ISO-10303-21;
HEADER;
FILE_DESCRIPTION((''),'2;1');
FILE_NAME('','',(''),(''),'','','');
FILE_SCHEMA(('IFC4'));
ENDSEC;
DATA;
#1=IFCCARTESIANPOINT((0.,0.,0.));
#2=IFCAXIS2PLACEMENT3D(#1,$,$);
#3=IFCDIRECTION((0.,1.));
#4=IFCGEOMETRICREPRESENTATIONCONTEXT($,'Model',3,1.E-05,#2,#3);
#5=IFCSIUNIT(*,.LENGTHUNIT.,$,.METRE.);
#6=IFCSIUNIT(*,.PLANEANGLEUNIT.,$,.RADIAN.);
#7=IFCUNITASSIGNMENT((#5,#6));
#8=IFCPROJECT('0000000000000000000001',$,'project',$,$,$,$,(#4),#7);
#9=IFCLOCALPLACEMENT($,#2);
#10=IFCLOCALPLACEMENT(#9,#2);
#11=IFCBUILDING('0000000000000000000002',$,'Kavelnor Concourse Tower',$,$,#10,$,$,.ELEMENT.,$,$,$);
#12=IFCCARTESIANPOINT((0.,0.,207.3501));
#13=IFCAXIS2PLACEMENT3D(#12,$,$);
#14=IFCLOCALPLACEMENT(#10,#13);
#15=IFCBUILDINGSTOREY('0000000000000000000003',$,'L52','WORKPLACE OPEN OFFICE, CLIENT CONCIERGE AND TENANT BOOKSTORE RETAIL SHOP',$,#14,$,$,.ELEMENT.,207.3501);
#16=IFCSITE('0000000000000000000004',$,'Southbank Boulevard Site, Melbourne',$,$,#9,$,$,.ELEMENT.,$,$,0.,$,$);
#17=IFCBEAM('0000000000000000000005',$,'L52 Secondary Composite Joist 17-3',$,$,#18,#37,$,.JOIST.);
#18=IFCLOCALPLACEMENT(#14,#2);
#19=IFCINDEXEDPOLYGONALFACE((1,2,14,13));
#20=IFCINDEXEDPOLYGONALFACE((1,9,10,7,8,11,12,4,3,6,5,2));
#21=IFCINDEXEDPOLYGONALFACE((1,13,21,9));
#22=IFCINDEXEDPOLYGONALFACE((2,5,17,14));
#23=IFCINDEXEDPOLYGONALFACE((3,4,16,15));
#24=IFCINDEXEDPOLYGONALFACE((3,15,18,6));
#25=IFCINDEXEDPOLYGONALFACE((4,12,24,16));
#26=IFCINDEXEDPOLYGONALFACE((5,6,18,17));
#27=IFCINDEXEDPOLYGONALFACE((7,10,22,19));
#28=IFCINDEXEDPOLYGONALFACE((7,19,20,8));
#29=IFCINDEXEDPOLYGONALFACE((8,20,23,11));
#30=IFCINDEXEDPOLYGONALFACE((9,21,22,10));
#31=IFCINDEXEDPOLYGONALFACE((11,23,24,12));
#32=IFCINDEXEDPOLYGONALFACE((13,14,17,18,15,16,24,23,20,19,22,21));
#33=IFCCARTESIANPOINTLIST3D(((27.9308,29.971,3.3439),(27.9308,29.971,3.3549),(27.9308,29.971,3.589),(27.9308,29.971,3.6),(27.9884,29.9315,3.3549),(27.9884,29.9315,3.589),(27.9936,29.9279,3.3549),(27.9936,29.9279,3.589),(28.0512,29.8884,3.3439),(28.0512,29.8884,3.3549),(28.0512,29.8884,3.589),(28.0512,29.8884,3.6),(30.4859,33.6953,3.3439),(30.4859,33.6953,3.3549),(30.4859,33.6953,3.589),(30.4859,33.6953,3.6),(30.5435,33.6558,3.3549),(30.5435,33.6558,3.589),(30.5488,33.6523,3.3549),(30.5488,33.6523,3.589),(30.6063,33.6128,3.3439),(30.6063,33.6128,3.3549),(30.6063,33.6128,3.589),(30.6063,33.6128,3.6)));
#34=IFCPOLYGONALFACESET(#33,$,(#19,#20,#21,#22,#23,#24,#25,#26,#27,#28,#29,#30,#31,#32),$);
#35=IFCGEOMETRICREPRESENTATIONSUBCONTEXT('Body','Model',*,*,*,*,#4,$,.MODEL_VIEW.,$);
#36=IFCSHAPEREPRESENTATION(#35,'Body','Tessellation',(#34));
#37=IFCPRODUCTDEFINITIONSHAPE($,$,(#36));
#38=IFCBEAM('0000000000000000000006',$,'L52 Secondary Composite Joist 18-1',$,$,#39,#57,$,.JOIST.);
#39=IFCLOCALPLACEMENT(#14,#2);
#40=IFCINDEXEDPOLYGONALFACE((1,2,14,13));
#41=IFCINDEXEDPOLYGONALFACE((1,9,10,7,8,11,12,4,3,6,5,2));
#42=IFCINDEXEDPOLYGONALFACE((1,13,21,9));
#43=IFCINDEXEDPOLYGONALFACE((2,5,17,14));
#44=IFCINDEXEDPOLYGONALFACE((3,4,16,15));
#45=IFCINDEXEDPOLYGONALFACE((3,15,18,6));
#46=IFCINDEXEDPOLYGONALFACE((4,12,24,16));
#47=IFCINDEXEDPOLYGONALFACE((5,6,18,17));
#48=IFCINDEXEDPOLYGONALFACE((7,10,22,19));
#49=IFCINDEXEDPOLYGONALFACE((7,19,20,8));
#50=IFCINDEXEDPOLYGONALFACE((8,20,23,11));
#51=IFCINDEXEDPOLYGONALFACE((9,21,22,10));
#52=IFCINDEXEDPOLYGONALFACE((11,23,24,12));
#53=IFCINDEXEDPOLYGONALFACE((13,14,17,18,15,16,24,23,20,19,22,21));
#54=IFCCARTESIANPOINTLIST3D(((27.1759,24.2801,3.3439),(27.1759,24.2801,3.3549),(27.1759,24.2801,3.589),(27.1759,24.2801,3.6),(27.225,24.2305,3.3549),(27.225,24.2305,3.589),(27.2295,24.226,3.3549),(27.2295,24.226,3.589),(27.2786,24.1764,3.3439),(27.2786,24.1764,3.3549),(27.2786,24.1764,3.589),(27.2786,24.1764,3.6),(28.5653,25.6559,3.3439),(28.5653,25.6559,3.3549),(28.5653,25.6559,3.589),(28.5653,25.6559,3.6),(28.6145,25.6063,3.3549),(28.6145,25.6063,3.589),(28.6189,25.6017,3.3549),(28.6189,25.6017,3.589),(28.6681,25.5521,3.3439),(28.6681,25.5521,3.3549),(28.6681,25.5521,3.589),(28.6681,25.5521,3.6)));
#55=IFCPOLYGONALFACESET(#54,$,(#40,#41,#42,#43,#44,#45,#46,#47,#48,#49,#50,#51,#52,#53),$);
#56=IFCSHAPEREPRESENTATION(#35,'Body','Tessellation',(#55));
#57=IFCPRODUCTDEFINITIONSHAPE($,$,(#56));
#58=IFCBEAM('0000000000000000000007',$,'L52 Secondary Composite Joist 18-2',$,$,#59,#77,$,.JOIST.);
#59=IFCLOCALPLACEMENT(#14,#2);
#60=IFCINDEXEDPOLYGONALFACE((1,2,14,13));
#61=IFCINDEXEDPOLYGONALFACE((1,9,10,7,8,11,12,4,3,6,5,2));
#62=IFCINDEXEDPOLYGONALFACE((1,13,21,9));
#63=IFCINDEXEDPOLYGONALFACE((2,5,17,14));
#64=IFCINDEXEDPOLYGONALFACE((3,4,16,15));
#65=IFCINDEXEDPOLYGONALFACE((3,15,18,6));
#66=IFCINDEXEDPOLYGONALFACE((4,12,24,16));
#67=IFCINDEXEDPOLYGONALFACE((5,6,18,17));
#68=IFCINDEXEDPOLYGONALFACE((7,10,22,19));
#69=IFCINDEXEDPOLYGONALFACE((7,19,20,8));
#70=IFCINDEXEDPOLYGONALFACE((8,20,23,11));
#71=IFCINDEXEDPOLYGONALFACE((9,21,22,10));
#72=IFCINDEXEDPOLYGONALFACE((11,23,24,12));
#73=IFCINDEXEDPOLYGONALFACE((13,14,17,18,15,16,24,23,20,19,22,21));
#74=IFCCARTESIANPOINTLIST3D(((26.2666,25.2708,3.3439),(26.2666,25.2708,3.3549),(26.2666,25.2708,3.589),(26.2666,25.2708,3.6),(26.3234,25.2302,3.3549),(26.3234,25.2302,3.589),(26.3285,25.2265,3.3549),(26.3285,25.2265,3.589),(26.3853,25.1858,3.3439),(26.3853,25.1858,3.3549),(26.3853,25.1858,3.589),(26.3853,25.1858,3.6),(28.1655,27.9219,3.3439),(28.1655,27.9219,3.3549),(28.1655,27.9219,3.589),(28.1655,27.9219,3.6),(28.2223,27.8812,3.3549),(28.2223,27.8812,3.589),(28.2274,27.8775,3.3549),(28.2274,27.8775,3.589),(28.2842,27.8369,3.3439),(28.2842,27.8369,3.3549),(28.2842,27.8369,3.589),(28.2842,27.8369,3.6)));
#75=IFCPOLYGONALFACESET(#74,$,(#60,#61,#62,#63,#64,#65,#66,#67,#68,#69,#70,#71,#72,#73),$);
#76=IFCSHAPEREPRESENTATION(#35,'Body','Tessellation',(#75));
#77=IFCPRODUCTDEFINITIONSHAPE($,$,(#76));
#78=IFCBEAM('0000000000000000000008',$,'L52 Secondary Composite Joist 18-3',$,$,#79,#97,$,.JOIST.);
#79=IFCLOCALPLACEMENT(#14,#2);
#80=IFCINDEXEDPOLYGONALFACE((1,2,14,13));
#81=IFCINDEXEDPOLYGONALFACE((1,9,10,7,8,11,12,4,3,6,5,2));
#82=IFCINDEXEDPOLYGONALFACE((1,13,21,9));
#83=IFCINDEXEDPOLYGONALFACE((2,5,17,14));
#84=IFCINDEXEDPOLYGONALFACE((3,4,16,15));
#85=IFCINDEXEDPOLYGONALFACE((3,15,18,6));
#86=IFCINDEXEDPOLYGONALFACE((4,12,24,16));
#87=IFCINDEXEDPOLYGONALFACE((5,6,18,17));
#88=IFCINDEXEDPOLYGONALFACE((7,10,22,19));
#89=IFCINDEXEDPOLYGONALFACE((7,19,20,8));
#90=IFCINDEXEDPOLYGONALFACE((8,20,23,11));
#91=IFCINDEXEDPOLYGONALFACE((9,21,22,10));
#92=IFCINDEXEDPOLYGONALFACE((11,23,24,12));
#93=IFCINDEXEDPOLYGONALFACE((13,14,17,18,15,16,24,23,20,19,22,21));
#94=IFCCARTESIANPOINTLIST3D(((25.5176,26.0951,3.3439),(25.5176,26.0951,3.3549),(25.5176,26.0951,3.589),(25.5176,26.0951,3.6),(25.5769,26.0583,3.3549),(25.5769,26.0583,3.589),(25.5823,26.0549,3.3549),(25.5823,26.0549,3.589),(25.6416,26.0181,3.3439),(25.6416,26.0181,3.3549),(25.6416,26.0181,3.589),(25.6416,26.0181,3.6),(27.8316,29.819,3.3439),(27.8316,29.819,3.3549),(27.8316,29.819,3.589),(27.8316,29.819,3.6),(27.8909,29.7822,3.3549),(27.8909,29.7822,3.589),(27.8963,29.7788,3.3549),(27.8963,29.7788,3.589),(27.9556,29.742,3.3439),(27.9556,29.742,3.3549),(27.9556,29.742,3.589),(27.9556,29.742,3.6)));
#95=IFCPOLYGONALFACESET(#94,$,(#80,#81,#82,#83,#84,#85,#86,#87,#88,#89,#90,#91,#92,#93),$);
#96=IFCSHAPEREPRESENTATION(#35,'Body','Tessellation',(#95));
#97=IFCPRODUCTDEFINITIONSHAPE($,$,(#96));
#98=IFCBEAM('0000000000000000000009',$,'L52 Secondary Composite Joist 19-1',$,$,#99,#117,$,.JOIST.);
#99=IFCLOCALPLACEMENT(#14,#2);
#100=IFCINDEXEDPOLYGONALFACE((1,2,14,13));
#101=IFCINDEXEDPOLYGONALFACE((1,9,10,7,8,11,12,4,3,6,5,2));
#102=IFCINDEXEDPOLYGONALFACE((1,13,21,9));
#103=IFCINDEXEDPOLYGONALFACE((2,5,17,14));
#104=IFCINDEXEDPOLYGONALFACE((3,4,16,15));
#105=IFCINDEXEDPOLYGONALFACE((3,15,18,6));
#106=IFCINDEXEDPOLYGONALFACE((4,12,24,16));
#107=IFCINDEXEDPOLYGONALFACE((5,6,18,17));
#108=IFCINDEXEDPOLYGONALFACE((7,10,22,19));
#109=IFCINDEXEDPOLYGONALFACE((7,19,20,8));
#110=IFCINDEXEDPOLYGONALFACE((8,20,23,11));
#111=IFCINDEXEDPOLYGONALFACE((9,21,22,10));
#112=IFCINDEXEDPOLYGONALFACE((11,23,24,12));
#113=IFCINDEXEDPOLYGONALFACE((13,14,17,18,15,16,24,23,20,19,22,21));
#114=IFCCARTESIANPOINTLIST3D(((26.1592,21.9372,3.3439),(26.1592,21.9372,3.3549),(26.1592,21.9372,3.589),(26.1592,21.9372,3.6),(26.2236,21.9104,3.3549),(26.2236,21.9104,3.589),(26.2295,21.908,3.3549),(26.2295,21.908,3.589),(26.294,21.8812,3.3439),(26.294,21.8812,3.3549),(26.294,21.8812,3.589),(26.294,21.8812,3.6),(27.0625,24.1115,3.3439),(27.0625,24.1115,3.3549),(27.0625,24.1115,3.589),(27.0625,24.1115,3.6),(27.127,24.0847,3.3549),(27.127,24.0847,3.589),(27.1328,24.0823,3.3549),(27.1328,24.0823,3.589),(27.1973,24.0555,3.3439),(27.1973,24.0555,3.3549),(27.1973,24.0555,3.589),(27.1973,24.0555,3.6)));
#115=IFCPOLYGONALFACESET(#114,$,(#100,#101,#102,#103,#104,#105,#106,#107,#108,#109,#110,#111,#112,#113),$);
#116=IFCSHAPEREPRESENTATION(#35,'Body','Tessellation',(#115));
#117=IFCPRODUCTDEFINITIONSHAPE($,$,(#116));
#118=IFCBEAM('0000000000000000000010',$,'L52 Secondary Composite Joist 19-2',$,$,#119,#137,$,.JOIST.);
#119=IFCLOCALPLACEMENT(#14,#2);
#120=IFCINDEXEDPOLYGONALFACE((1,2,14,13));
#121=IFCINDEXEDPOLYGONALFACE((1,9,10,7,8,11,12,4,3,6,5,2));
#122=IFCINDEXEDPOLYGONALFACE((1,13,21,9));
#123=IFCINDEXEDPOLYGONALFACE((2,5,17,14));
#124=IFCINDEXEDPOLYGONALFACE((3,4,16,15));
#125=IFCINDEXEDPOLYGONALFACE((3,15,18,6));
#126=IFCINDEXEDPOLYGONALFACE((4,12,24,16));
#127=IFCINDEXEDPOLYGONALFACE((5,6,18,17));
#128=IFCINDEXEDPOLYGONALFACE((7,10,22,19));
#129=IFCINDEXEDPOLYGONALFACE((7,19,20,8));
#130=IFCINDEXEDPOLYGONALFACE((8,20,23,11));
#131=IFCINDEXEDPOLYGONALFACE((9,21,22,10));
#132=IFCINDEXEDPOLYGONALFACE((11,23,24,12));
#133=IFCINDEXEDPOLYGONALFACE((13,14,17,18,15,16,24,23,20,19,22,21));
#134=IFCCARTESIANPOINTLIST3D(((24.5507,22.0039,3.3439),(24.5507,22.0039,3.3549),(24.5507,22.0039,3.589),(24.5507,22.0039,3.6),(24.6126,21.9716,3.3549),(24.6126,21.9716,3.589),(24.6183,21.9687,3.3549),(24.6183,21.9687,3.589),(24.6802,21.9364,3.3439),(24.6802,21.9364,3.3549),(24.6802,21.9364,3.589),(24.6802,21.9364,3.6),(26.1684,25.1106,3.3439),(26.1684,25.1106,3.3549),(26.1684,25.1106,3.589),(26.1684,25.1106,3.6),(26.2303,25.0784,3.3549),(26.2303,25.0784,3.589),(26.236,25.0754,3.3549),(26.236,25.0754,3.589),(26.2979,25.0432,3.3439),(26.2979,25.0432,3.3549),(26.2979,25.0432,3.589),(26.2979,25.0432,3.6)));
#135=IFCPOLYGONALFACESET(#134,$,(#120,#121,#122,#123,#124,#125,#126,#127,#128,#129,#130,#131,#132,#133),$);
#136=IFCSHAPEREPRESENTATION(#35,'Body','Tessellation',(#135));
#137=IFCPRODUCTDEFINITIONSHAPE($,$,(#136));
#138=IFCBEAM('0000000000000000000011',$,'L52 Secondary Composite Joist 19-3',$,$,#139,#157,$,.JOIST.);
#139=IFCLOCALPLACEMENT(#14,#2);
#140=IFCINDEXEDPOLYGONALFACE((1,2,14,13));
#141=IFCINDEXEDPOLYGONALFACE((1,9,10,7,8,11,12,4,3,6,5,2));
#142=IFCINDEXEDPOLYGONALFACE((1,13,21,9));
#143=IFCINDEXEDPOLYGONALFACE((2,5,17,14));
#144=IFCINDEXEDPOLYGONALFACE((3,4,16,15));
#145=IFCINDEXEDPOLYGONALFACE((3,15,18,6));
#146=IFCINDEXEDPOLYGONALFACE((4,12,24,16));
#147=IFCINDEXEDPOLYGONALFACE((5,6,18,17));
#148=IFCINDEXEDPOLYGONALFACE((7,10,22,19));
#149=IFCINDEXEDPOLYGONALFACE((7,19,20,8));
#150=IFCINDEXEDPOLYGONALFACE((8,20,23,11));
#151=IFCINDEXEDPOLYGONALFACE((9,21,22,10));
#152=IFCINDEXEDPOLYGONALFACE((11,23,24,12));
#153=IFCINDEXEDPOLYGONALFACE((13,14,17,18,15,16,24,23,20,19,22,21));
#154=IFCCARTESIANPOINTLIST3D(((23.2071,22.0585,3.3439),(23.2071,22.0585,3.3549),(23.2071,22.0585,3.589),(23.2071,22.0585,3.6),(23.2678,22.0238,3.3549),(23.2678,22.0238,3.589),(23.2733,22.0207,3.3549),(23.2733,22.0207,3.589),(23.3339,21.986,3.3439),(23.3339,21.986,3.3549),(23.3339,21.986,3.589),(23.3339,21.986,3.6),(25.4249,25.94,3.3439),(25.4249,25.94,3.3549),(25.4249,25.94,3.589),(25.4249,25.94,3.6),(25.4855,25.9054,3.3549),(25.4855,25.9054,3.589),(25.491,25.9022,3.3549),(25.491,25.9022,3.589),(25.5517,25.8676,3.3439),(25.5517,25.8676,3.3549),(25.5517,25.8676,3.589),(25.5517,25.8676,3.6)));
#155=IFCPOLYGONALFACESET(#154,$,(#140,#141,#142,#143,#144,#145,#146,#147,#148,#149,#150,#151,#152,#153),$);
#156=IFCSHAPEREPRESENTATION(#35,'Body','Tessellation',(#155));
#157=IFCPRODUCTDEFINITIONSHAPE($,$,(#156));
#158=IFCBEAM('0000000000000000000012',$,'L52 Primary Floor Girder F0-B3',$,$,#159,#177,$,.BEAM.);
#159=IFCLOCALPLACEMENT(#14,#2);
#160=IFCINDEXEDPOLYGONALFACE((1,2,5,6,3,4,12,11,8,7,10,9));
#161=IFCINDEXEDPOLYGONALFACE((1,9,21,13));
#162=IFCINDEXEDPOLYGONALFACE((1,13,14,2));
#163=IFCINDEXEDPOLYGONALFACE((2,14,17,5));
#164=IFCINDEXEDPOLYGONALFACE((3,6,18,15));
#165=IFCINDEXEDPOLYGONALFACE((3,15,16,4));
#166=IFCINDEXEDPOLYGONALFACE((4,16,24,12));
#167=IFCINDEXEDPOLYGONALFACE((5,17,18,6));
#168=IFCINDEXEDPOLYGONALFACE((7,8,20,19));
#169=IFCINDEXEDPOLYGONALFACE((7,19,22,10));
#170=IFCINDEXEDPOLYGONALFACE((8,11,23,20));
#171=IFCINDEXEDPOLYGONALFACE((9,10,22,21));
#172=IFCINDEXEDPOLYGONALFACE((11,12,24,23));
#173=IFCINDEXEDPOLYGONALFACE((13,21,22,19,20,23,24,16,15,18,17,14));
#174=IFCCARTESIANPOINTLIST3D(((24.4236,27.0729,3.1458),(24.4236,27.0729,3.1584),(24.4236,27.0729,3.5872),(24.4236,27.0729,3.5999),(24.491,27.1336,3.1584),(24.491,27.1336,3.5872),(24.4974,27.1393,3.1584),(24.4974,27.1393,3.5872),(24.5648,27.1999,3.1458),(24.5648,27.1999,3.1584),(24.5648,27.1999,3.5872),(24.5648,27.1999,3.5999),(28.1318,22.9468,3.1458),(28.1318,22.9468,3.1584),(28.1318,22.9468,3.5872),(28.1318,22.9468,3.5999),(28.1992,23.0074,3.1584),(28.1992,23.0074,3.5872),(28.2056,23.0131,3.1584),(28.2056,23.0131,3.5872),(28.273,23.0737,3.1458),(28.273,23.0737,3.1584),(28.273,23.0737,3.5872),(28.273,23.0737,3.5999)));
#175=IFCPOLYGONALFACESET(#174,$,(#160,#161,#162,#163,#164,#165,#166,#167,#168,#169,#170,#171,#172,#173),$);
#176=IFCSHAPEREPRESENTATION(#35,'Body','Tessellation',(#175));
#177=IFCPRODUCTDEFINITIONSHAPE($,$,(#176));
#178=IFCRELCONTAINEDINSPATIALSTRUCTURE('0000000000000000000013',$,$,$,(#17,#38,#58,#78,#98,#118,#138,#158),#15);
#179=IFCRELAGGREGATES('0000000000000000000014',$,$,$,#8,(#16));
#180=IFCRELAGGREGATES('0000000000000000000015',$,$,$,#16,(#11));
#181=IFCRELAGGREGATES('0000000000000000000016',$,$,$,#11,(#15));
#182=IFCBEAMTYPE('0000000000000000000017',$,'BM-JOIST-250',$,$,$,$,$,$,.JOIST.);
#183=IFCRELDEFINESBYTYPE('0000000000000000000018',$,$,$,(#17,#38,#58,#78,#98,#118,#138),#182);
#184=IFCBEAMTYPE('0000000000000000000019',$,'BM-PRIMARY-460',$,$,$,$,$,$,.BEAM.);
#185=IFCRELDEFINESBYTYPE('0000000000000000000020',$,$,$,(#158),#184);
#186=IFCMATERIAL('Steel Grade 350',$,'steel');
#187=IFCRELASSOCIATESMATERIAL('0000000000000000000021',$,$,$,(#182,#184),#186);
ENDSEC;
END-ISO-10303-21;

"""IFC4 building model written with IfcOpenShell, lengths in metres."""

from ifc_helpers import new_model, si_unit, direction, frame, origin, origin_2d, place, context, subcontext, project, spatial, i_section, extrude, material, material_profile, profile_set, type_object, element, save


model = new_model("IFC4")

# Units and contexts
model_context = context("Model", 3, precision=1e-05, world=origin(), true_north=direction((0.0, 1.0)))
body_context = subcontext(model_context, "Body", "Model", "MODEL_VIEW")
ifc_project = project(units=[si_unit("LENGTHUNIT", "METRE"), si_unit("PLANEANGLEUNIT", "RADIAN")], contexts=[model_context])

# Site, building, storey
site_placement = place(None, origin())
site = spatial("IfcSite", under=ifc_project, at=site_placement, Name="Southbank Boulevard Site, Melbourne", CompositionType="ELEMENT", RefElevation=0.0)
building_placement = place(site_placement, origin())
building = spatial("IfcBuilding", under=site, at=building_placement, Name="Kavelnor Concourse Tower", CompositionType="ELEMENT")
storey_placement = place(building_placement, frame((0.0, 0.0, 207.3501)))
storey = spatial("IfcBuildingStorey", under=building, at=storey_placement, Name="L52", Description="WORKPLACE OPEN OFFICE, CLIENT CONCIERGE AND TENANT BOOKSTORE RETAIL SHOP", CompositionType="ELEMENT", Elevation=207.3501)

# Shared definitions
ifc_material_1 = material(Name="Steel Grade 350", Category="steel")

# Beams
ifc_material_profile_1 = material_profile(ifc_material_1, i_section(OverallWidth=0.146, OverallDepth=0.2561, WebThickness=0.0063, FlangeThickness=0.011, at=origin_2d()), Name="250UB37")
ifc_profile_set_1 = profile_set([ifc_material_profile_1], Name="Steel Grade 350")
beam_type_1 = type_object("IfcBeamType", Name="BM-JOIST-250", PredefinedType="JOIST", material=ifc_profile_set_1)
beam_1_placement = place(storey_placement, frame((30.5461, 33.6541, 3.4719), z_axis=(-0.565728, -0.824592, 0.0), x_axis=(0.824592, -0.565728, 0.0)))
element("IfcBeam", 1, at=beam_1_placement, inside=storey, type_object=beam_type_1, Name="L52 Secondary Composite Joist 17-3", PredefinedType="JOIST", context=body_context, shape_type="SweptSolid", body=[
    extrude(i_section(OverallWidth=0.146, OverallDepth=0.2561, WebThickness=0.0063, FlangeThickness=0.011, at=origin_2d()), origin(), (0.0, 0.0, 1.0), 4.5166),
])
beam_2_placement = place(storey_placement, frame((28.6167, 25.604, 3.4719), z_axis=(-0.710594, -0.703602, 0.0), x_axis=(0.703602, -0.710594, 0.0)))
element("IfcBeam", 2, at=beam_2_placement, inside=storey, type_object=beam_type_1, Name="L52 Secondary Composite Joist 18-1", PredefinedType="JOIST", context=body_context, shape_type="SweptSolid", body=[
    extrude(i_section(OverallWidth=0.146, OverallDepth=0.2561, WebThickness=0.0063, FlangeThickness=0.011, at=origin_2d()), origin(), (0.0, 0.0, 1.0), 1.9553),
])
beam_3_placement = place(storey_placement, frame((28.2249, 27.8794, 3.4719), z_axis=(-0.582307, -0.812969, 0.0), x_axis=(0.812969, -0.582307, 0.0)))
element("IfcBeam", 3, at=beam_3_placement, inside=storey, type_object=beam_type_1, Name="L52 Secondary Composite Joist 18-2", PredefinedType="JOIST", context=body_context, shape_type="SweptSolid", body=[
    extrude(i_section(OverallWidth=0.146, OverallDepth=0.2561, WebThickness=0.0063, FlangeThickness=0.011, at=origin_2d()), origin(), (0.0, 0.0, 1.0), 3.261),
])
beam_4_placement = place(storey_placement, frame((27.8936, 29.7805, 3.4719), z_axis=(-0.52779, -0.849375, 0.0), x_axis=(0.849375, -0.52779, 0.0)))
element("IfcBeam", 4, at=beam_4_placement, inside=storey, type_object=beam_type_1, Name="L52 Secondary Composite Joist 18-3", PredefinedType="JOIST", context=body_context, shape_type="SweptSolid", body=[
    extrude(i_section(OverallWidth=0.146, OverallDepth=0.2561, WebThickness=0.0063, FlangeThickness=0.011, at=origin_2d()), origin(), (0.0, 0.0, 1.0), 4.3843),
])
beam_5_placement = place(storey_placement, frame((27.1299, 24.0835, 3.4719), z_axis=(-0.383658, -0.923475, 0.0), x_axis=(0.923475, -0.383658, 0.0)))
element("IfcBeam", 5, at=beam_5_placement, inside=storey, type_object=beam_type_1, Name="L52 Secondary Composite Joist 19-1", PredefinedType="JOIST", context=body_context, shape_type="SweptSolid", body=[
    extrude(i_section(OverallWidth=0.146, OverallDepth=0.2561, WebThickness=0.0063, FlangeThickness=0.011, at=origin_2d()), origin(), (0.0, 0.0, 1.0), 2.3545),
])
beam_6_placement = place(storey_placement, frame((26.2332, 25.0769, 3.4719), z_axis=(-0.461846, -0.88696, 0.0), x_axis=(0.88696, -0.461846, 0.0)))
element("IfcBeam", 6, at=beam_6_placement, inside=storey, type_object=beam_type_1, Name="L52 Secondary Composite Joist 19-2", PredefinedType="JOIST", context=body_context, shape_type="SweptSolid", body=[
    extrude(i_section(OverallWidth=0.146, OverallDepth=0.2561, WebThickness=0.0063, FlangeThickness=0.011, at=origin_2d()), origin(), (0.0, 0.0, 1.0), 3.5027),
])
beam_7_placement = place(storey_placement, frame((25.4883, 25.9038, 3.4719), z_axis=(-0.496092, -0.86827, 0.0), x_axis=(0.86827, -0.496092, 0.0)))
element("IfcBeam", 7, at=beam_7_placement, inside=storey, type_object=beam_type_1, Name="L52 Secondary Composite Joist 19-3", PredefinedType="JOIST", context=body_context, shape_type="SweptSolid", body=[
    extrude(i_section(OverallWidth=0.146, OverallDepth=0.2561, WebThickness=0.0063, FlangeThickness=0.011, at=origin_2d()), origin(), (0.0, 0.0, 1.0), 4.4705),
])
ifc_material_profile_2 = material_profile(ifc_material_1, i_section(OverallWidth=0.1899, OverallDepth=0.4541, WebThickness=0.0085, FlangeThickness=0.0127, at=origin_2d()), Name="460UB67")
ifc_profile_set_2 = profile_set([ifc_material_profile_2], Name="Steel Grade 350")
beam_type_2 = type_object("IfcBeamType", Name="BM-PRIMARY-460", PredefinedType="BEAM", material=ifc_profile_set_2)
beam_8_placement = place(storey_placement, frame((28.2024, 23.0103, 3.3728), z_axis=(-0.668432, 0.743773, 0.0), x_axis=(-0.743773, -0.668432, 0.0)))
element("IfcBeam", 8, at=beam_8_placement, inside=storey, type_object=beam_type_2, Name="L52 Primary Floor Girder F0-B3", PredefinedType="BEAM", context=body_context, shape_type="SweptSolid", body=[
    extrude(i_section(OverallWidth=0.1899, OverallDepth=0.4541, WebThickness=0.0085, FlangeThickness=0.0127, at=origin_2d()), origin(), (0.0, 0.0, 1.0), 5.5476),
])

save(model, "model.ifc")
